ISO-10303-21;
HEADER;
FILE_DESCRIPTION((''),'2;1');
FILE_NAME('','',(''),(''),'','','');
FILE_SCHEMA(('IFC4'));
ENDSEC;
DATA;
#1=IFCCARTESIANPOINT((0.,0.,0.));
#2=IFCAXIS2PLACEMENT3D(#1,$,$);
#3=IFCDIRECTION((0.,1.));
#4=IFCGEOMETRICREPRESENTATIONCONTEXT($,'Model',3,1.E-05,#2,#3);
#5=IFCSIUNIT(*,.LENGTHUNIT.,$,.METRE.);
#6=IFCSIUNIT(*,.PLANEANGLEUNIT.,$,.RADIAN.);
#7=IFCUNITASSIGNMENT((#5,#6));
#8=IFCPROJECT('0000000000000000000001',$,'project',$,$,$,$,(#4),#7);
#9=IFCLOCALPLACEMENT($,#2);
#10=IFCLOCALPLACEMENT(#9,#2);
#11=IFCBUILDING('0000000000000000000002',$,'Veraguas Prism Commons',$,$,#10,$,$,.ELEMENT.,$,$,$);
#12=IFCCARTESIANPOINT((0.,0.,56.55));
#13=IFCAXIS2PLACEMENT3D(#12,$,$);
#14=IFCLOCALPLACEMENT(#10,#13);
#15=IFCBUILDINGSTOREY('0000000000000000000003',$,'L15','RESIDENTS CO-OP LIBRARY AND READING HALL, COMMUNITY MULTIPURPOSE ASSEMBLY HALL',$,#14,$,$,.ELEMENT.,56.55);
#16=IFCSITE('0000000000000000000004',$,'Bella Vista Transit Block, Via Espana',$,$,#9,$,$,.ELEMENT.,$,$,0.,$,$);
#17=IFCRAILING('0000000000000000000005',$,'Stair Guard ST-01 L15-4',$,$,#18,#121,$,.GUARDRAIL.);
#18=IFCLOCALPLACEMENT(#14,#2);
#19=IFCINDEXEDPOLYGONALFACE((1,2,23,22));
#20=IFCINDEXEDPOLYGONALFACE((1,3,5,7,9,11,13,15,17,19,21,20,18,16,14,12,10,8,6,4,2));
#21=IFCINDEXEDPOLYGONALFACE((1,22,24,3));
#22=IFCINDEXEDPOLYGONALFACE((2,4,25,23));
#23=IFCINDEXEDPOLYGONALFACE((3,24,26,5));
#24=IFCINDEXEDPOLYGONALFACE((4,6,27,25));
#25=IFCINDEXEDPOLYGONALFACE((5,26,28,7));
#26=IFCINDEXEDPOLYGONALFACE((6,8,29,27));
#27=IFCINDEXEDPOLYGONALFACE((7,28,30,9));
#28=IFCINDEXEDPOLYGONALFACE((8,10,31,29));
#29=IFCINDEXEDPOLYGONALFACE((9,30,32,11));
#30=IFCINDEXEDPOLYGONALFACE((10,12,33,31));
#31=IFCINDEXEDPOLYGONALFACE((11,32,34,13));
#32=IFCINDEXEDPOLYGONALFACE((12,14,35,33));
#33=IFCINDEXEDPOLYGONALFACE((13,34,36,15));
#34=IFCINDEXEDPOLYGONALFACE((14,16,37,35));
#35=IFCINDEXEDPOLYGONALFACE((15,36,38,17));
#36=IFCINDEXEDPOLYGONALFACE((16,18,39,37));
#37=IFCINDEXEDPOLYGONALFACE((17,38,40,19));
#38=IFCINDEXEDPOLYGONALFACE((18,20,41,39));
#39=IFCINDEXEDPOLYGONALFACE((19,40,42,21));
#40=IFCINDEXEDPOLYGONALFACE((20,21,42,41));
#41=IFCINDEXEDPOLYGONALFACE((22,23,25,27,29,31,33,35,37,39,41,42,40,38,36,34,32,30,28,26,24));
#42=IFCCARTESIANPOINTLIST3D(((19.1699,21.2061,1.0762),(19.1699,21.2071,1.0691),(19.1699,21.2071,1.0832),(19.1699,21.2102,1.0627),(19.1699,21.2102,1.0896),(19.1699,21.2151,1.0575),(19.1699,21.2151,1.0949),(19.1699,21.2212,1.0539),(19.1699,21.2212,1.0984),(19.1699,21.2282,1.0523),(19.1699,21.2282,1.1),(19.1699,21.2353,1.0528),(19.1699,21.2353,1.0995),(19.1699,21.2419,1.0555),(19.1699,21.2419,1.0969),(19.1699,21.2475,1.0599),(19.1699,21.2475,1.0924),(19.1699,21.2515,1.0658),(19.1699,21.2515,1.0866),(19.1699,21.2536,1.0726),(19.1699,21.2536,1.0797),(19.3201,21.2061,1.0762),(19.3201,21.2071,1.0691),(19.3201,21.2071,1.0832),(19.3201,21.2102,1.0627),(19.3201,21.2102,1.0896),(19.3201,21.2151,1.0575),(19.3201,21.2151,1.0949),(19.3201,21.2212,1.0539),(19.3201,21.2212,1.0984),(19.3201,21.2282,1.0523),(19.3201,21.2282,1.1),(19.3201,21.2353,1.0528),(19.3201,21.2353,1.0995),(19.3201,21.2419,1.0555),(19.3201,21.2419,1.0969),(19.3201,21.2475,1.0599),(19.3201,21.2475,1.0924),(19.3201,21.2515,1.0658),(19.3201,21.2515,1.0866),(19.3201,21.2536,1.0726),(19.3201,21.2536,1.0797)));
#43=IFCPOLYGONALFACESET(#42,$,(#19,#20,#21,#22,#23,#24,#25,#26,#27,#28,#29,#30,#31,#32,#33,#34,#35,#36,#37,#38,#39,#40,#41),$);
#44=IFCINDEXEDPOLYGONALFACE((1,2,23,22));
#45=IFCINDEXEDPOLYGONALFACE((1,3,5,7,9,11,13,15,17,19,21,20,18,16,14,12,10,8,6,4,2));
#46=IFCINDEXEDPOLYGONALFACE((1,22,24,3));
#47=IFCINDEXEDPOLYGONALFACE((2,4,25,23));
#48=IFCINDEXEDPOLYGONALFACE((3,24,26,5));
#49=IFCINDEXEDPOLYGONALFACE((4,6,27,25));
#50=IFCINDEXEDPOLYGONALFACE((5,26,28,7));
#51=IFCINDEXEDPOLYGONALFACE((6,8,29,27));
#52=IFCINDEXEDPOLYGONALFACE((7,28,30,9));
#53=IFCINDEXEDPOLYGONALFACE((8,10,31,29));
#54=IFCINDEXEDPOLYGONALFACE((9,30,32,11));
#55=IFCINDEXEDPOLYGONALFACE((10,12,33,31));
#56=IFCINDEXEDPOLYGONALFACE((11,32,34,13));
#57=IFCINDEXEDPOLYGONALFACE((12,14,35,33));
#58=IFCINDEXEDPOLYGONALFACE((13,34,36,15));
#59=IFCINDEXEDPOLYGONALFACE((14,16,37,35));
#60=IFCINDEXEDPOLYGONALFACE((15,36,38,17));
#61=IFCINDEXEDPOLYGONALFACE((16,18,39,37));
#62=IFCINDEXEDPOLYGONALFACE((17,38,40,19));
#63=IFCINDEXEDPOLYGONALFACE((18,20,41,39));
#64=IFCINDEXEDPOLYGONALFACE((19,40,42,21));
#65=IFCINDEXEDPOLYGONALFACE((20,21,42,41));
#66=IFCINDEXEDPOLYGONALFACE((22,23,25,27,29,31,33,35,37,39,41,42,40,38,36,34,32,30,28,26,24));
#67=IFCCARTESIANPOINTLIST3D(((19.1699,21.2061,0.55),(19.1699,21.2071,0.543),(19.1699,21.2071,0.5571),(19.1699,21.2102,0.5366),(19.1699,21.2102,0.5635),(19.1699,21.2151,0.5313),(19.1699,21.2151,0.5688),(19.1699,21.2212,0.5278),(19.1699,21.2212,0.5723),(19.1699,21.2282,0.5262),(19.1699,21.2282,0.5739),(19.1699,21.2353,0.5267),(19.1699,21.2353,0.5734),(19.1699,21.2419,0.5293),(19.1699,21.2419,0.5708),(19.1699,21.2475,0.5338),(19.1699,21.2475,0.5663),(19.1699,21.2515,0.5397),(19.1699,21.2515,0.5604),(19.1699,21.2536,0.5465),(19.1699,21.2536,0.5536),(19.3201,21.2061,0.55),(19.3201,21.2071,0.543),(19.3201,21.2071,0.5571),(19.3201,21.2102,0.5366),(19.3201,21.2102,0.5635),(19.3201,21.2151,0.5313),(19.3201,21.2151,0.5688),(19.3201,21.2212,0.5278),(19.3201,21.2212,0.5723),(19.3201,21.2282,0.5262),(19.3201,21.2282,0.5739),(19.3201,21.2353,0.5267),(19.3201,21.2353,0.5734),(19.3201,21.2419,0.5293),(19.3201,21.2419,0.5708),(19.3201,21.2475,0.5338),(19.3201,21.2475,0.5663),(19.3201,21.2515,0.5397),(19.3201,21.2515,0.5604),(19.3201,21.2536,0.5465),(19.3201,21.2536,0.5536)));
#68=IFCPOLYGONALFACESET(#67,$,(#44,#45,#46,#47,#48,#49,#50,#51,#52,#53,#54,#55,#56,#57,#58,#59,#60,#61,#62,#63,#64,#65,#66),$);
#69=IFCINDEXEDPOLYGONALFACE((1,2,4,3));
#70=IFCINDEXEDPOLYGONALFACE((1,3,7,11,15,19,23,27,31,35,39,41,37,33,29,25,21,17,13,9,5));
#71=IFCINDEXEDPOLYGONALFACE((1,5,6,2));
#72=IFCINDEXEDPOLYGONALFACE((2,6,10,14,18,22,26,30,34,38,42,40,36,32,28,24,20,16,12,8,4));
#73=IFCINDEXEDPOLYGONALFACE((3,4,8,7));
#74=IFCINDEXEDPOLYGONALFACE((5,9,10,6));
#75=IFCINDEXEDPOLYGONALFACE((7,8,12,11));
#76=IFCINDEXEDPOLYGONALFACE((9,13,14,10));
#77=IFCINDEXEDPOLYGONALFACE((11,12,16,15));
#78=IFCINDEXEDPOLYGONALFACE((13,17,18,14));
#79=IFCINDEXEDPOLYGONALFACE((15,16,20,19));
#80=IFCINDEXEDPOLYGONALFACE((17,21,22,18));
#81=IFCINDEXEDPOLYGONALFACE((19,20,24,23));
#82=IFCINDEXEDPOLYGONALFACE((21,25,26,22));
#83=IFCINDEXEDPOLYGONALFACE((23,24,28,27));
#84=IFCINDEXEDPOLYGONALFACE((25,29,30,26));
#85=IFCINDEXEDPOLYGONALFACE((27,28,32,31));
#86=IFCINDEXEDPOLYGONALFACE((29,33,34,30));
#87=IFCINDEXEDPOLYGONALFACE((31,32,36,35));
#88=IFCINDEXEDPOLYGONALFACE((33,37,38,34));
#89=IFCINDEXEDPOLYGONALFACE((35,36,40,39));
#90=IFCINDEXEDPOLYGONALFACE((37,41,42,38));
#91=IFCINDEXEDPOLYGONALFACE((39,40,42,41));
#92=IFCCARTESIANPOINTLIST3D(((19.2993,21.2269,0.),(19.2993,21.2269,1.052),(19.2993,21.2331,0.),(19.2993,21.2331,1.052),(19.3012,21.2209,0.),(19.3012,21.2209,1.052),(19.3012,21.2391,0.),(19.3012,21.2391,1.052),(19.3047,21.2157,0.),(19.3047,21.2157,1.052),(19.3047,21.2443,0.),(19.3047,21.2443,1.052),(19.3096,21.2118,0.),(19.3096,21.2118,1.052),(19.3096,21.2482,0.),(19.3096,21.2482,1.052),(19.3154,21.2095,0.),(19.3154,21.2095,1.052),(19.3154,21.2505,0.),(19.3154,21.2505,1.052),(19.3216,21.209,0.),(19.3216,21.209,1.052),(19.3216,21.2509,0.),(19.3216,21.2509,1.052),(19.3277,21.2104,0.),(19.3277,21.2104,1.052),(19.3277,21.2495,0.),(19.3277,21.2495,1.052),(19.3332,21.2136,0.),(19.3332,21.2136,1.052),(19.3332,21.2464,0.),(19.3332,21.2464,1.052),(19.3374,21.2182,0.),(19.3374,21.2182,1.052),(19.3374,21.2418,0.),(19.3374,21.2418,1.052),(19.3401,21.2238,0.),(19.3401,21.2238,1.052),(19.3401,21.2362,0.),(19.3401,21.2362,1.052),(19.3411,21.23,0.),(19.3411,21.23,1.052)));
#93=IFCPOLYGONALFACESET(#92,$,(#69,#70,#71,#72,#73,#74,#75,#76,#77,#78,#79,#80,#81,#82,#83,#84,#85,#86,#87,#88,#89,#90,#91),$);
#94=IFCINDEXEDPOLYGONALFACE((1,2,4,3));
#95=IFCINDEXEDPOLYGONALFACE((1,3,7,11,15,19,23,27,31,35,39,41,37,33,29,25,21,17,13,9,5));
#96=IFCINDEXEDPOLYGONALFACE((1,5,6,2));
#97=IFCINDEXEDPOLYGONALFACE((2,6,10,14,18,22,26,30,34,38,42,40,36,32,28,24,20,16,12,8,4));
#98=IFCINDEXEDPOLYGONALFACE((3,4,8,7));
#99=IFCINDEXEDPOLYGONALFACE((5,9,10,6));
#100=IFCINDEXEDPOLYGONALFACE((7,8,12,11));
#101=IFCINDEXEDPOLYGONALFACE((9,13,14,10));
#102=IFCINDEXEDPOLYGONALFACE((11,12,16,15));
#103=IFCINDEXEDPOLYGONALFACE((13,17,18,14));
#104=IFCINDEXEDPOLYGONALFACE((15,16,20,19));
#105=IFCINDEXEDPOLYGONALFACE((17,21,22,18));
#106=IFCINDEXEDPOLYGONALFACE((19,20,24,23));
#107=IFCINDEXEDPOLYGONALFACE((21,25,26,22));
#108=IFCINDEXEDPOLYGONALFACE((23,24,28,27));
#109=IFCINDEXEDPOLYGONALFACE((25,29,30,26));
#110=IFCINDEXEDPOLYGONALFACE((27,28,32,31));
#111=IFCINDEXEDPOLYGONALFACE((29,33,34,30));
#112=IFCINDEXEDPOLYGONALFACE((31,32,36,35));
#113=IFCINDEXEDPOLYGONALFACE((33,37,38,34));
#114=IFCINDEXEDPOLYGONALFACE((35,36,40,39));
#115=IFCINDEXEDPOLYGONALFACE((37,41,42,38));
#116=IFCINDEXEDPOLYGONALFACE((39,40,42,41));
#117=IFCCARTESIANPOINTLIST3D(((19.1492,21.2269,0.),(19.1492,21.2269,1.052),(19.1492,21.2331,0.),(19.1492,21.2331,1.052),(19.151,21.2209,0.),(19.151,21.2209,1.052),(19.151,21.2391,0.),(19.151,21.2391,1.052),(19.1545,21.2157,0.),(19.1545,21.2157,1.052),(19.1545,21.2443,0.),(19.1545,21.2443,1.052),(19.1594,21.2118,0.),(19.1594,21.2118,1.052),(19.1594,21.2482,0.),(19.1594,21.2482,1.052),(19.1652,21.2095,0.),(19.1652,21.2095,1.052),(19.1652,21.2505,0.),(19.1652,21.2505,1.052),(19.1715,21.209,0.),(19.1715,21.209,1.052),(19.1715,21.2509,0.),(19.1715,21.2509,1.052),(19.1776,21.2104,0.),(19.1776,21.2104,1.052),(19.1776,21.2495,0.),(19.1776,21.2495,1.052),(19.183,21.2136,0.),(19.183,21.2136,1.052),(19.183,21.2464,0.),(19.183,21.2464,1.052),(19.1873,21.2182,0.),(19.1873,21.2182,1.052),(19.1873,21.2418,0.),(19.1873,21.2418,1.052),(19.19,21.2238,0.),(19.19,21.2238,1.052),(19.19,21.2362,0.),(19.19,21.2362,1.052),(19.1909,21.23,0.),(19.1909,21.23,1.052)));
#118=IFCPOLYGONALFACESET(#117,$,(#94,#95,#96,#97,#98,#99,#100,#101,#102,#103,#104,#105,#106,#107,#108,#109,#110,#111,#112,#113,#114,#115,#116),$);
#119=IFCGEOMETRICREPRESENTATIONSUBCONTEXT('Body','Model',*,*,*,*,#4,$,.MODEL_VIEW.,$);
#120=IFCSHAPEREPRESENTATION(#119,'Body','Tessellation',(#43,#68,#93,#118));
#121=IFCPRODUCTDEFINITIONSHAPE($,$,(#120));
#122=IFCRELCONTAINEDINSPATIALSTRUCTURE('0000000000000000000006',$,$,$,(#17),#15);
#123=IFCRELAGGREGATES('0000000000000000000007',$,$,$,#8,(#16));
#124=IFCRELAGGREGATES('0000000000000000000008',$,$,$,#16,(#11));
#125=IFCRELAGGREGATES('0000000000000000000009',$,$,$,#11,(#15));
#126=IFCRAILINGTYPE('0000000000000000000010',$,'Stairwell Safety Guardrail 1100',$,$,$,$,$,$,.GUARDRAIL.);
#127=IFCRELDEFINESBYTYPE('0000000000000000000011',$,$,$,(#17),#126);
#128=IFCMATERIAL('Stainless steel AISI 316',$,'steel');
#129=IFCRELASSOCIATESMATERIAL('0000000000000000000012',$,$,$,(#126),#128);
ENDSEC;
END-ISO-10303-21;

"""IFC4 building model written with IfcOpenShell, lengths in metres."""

from ifc_helpers import new_model, si_unit, direction, frame, origin, origin_2d, place, context, subcontext, project, spatial, circle, extrude, material, type_object, element, save


model = new_model("IFC4")

# Units and contexts
model_context = context("Model", 3, precision=1e-05, world=origin(), true_north=direction((0.0, 1.0)))
body_context = subcontext(model_context, "Body", "Model", "MODEL_VIEW")
ifc_project = project(units=[si_unit("LENGTHUNIT", "METRE"), si_unit("PLANEANGLEUNIT", "RADIAN")], contexts=[model_context])

# Site, building, storey
site_placement = place(None, origin())
site = spatial("IfcSite", under=ifc_project, at=site_placement, Name="Bella Vista Transit Block, Via Espana", CompositionType="ELEMENT", RefElevation=0.0)
building_placement = place(site_placement, origin())
building = spatial("IfcBuilding", under=site, at=building_placement, Name="Veraguas Prism Commons", CompositionType="ELEMENT")
storey_placement = place(building_placement, frame((0.0, 0.0, 56.55)))
storey = spatial("IfcBuildingStorey", under=building, at=storey_placement, Name="L15", Description="RESIDENTS CO-OP LIBRARY AND READING HALL, COMMUNITY MULTIPURPOSE ASSEMBLY HALL", CompositionType="ELEMENT", Elevation=56.55)

# Railing
ifc_material_1 = material(Name="Stainless steel AISI 316", Category="steel")
railing_type_1 = type_object("IfcRailingType", Name="Stairwell Safety Guardrail 1100", PredefinedType="GUARDRAIL", material=ifc_material_1)
railing_1_placement = place(storey_placement, frame((19.3201, 21.23, 0.0)))
element("IfcRailing", 1, at=railing_1_placement, inside=storey, type_object=railing_type_1, Name="Stair Guard ST-01 L15-4", PredefinedType="GUARDRAIL", context=body_context, shape_type="SweptSolid", body=[
    extrude(circle(Radius=0.0239, at=origin_2d()), frame((0.0, 0.0, 1.0762), z_axis=(-1.0, 0.0, 0.0), x_axis=(0.0, -1.0, 0.0)), (0.0, 0.0, 1.0), 0.1501),
    extrude(circle(Radius=0.0239, at=origin_2d()), frame((0.0, 0.0, 0.55), z_axis=(-1.0, 0.0, 0.0), x_axis=(0.0, -1.0, 0.0)), (0.0, 0.0, 1.0), 0.1501),
    extrude(circle(Radius=0.021, at=origin_2d()), origin(), (0.0, 0.0, 1.0), 1.052),
    extrude(circle(Radius=0.021, at=origin_2d()), frame((-0.1501, 0.0, 0.0)), (0.0, 0.0, 1.0), 1.052),
])

save(model, "model.ifc")
